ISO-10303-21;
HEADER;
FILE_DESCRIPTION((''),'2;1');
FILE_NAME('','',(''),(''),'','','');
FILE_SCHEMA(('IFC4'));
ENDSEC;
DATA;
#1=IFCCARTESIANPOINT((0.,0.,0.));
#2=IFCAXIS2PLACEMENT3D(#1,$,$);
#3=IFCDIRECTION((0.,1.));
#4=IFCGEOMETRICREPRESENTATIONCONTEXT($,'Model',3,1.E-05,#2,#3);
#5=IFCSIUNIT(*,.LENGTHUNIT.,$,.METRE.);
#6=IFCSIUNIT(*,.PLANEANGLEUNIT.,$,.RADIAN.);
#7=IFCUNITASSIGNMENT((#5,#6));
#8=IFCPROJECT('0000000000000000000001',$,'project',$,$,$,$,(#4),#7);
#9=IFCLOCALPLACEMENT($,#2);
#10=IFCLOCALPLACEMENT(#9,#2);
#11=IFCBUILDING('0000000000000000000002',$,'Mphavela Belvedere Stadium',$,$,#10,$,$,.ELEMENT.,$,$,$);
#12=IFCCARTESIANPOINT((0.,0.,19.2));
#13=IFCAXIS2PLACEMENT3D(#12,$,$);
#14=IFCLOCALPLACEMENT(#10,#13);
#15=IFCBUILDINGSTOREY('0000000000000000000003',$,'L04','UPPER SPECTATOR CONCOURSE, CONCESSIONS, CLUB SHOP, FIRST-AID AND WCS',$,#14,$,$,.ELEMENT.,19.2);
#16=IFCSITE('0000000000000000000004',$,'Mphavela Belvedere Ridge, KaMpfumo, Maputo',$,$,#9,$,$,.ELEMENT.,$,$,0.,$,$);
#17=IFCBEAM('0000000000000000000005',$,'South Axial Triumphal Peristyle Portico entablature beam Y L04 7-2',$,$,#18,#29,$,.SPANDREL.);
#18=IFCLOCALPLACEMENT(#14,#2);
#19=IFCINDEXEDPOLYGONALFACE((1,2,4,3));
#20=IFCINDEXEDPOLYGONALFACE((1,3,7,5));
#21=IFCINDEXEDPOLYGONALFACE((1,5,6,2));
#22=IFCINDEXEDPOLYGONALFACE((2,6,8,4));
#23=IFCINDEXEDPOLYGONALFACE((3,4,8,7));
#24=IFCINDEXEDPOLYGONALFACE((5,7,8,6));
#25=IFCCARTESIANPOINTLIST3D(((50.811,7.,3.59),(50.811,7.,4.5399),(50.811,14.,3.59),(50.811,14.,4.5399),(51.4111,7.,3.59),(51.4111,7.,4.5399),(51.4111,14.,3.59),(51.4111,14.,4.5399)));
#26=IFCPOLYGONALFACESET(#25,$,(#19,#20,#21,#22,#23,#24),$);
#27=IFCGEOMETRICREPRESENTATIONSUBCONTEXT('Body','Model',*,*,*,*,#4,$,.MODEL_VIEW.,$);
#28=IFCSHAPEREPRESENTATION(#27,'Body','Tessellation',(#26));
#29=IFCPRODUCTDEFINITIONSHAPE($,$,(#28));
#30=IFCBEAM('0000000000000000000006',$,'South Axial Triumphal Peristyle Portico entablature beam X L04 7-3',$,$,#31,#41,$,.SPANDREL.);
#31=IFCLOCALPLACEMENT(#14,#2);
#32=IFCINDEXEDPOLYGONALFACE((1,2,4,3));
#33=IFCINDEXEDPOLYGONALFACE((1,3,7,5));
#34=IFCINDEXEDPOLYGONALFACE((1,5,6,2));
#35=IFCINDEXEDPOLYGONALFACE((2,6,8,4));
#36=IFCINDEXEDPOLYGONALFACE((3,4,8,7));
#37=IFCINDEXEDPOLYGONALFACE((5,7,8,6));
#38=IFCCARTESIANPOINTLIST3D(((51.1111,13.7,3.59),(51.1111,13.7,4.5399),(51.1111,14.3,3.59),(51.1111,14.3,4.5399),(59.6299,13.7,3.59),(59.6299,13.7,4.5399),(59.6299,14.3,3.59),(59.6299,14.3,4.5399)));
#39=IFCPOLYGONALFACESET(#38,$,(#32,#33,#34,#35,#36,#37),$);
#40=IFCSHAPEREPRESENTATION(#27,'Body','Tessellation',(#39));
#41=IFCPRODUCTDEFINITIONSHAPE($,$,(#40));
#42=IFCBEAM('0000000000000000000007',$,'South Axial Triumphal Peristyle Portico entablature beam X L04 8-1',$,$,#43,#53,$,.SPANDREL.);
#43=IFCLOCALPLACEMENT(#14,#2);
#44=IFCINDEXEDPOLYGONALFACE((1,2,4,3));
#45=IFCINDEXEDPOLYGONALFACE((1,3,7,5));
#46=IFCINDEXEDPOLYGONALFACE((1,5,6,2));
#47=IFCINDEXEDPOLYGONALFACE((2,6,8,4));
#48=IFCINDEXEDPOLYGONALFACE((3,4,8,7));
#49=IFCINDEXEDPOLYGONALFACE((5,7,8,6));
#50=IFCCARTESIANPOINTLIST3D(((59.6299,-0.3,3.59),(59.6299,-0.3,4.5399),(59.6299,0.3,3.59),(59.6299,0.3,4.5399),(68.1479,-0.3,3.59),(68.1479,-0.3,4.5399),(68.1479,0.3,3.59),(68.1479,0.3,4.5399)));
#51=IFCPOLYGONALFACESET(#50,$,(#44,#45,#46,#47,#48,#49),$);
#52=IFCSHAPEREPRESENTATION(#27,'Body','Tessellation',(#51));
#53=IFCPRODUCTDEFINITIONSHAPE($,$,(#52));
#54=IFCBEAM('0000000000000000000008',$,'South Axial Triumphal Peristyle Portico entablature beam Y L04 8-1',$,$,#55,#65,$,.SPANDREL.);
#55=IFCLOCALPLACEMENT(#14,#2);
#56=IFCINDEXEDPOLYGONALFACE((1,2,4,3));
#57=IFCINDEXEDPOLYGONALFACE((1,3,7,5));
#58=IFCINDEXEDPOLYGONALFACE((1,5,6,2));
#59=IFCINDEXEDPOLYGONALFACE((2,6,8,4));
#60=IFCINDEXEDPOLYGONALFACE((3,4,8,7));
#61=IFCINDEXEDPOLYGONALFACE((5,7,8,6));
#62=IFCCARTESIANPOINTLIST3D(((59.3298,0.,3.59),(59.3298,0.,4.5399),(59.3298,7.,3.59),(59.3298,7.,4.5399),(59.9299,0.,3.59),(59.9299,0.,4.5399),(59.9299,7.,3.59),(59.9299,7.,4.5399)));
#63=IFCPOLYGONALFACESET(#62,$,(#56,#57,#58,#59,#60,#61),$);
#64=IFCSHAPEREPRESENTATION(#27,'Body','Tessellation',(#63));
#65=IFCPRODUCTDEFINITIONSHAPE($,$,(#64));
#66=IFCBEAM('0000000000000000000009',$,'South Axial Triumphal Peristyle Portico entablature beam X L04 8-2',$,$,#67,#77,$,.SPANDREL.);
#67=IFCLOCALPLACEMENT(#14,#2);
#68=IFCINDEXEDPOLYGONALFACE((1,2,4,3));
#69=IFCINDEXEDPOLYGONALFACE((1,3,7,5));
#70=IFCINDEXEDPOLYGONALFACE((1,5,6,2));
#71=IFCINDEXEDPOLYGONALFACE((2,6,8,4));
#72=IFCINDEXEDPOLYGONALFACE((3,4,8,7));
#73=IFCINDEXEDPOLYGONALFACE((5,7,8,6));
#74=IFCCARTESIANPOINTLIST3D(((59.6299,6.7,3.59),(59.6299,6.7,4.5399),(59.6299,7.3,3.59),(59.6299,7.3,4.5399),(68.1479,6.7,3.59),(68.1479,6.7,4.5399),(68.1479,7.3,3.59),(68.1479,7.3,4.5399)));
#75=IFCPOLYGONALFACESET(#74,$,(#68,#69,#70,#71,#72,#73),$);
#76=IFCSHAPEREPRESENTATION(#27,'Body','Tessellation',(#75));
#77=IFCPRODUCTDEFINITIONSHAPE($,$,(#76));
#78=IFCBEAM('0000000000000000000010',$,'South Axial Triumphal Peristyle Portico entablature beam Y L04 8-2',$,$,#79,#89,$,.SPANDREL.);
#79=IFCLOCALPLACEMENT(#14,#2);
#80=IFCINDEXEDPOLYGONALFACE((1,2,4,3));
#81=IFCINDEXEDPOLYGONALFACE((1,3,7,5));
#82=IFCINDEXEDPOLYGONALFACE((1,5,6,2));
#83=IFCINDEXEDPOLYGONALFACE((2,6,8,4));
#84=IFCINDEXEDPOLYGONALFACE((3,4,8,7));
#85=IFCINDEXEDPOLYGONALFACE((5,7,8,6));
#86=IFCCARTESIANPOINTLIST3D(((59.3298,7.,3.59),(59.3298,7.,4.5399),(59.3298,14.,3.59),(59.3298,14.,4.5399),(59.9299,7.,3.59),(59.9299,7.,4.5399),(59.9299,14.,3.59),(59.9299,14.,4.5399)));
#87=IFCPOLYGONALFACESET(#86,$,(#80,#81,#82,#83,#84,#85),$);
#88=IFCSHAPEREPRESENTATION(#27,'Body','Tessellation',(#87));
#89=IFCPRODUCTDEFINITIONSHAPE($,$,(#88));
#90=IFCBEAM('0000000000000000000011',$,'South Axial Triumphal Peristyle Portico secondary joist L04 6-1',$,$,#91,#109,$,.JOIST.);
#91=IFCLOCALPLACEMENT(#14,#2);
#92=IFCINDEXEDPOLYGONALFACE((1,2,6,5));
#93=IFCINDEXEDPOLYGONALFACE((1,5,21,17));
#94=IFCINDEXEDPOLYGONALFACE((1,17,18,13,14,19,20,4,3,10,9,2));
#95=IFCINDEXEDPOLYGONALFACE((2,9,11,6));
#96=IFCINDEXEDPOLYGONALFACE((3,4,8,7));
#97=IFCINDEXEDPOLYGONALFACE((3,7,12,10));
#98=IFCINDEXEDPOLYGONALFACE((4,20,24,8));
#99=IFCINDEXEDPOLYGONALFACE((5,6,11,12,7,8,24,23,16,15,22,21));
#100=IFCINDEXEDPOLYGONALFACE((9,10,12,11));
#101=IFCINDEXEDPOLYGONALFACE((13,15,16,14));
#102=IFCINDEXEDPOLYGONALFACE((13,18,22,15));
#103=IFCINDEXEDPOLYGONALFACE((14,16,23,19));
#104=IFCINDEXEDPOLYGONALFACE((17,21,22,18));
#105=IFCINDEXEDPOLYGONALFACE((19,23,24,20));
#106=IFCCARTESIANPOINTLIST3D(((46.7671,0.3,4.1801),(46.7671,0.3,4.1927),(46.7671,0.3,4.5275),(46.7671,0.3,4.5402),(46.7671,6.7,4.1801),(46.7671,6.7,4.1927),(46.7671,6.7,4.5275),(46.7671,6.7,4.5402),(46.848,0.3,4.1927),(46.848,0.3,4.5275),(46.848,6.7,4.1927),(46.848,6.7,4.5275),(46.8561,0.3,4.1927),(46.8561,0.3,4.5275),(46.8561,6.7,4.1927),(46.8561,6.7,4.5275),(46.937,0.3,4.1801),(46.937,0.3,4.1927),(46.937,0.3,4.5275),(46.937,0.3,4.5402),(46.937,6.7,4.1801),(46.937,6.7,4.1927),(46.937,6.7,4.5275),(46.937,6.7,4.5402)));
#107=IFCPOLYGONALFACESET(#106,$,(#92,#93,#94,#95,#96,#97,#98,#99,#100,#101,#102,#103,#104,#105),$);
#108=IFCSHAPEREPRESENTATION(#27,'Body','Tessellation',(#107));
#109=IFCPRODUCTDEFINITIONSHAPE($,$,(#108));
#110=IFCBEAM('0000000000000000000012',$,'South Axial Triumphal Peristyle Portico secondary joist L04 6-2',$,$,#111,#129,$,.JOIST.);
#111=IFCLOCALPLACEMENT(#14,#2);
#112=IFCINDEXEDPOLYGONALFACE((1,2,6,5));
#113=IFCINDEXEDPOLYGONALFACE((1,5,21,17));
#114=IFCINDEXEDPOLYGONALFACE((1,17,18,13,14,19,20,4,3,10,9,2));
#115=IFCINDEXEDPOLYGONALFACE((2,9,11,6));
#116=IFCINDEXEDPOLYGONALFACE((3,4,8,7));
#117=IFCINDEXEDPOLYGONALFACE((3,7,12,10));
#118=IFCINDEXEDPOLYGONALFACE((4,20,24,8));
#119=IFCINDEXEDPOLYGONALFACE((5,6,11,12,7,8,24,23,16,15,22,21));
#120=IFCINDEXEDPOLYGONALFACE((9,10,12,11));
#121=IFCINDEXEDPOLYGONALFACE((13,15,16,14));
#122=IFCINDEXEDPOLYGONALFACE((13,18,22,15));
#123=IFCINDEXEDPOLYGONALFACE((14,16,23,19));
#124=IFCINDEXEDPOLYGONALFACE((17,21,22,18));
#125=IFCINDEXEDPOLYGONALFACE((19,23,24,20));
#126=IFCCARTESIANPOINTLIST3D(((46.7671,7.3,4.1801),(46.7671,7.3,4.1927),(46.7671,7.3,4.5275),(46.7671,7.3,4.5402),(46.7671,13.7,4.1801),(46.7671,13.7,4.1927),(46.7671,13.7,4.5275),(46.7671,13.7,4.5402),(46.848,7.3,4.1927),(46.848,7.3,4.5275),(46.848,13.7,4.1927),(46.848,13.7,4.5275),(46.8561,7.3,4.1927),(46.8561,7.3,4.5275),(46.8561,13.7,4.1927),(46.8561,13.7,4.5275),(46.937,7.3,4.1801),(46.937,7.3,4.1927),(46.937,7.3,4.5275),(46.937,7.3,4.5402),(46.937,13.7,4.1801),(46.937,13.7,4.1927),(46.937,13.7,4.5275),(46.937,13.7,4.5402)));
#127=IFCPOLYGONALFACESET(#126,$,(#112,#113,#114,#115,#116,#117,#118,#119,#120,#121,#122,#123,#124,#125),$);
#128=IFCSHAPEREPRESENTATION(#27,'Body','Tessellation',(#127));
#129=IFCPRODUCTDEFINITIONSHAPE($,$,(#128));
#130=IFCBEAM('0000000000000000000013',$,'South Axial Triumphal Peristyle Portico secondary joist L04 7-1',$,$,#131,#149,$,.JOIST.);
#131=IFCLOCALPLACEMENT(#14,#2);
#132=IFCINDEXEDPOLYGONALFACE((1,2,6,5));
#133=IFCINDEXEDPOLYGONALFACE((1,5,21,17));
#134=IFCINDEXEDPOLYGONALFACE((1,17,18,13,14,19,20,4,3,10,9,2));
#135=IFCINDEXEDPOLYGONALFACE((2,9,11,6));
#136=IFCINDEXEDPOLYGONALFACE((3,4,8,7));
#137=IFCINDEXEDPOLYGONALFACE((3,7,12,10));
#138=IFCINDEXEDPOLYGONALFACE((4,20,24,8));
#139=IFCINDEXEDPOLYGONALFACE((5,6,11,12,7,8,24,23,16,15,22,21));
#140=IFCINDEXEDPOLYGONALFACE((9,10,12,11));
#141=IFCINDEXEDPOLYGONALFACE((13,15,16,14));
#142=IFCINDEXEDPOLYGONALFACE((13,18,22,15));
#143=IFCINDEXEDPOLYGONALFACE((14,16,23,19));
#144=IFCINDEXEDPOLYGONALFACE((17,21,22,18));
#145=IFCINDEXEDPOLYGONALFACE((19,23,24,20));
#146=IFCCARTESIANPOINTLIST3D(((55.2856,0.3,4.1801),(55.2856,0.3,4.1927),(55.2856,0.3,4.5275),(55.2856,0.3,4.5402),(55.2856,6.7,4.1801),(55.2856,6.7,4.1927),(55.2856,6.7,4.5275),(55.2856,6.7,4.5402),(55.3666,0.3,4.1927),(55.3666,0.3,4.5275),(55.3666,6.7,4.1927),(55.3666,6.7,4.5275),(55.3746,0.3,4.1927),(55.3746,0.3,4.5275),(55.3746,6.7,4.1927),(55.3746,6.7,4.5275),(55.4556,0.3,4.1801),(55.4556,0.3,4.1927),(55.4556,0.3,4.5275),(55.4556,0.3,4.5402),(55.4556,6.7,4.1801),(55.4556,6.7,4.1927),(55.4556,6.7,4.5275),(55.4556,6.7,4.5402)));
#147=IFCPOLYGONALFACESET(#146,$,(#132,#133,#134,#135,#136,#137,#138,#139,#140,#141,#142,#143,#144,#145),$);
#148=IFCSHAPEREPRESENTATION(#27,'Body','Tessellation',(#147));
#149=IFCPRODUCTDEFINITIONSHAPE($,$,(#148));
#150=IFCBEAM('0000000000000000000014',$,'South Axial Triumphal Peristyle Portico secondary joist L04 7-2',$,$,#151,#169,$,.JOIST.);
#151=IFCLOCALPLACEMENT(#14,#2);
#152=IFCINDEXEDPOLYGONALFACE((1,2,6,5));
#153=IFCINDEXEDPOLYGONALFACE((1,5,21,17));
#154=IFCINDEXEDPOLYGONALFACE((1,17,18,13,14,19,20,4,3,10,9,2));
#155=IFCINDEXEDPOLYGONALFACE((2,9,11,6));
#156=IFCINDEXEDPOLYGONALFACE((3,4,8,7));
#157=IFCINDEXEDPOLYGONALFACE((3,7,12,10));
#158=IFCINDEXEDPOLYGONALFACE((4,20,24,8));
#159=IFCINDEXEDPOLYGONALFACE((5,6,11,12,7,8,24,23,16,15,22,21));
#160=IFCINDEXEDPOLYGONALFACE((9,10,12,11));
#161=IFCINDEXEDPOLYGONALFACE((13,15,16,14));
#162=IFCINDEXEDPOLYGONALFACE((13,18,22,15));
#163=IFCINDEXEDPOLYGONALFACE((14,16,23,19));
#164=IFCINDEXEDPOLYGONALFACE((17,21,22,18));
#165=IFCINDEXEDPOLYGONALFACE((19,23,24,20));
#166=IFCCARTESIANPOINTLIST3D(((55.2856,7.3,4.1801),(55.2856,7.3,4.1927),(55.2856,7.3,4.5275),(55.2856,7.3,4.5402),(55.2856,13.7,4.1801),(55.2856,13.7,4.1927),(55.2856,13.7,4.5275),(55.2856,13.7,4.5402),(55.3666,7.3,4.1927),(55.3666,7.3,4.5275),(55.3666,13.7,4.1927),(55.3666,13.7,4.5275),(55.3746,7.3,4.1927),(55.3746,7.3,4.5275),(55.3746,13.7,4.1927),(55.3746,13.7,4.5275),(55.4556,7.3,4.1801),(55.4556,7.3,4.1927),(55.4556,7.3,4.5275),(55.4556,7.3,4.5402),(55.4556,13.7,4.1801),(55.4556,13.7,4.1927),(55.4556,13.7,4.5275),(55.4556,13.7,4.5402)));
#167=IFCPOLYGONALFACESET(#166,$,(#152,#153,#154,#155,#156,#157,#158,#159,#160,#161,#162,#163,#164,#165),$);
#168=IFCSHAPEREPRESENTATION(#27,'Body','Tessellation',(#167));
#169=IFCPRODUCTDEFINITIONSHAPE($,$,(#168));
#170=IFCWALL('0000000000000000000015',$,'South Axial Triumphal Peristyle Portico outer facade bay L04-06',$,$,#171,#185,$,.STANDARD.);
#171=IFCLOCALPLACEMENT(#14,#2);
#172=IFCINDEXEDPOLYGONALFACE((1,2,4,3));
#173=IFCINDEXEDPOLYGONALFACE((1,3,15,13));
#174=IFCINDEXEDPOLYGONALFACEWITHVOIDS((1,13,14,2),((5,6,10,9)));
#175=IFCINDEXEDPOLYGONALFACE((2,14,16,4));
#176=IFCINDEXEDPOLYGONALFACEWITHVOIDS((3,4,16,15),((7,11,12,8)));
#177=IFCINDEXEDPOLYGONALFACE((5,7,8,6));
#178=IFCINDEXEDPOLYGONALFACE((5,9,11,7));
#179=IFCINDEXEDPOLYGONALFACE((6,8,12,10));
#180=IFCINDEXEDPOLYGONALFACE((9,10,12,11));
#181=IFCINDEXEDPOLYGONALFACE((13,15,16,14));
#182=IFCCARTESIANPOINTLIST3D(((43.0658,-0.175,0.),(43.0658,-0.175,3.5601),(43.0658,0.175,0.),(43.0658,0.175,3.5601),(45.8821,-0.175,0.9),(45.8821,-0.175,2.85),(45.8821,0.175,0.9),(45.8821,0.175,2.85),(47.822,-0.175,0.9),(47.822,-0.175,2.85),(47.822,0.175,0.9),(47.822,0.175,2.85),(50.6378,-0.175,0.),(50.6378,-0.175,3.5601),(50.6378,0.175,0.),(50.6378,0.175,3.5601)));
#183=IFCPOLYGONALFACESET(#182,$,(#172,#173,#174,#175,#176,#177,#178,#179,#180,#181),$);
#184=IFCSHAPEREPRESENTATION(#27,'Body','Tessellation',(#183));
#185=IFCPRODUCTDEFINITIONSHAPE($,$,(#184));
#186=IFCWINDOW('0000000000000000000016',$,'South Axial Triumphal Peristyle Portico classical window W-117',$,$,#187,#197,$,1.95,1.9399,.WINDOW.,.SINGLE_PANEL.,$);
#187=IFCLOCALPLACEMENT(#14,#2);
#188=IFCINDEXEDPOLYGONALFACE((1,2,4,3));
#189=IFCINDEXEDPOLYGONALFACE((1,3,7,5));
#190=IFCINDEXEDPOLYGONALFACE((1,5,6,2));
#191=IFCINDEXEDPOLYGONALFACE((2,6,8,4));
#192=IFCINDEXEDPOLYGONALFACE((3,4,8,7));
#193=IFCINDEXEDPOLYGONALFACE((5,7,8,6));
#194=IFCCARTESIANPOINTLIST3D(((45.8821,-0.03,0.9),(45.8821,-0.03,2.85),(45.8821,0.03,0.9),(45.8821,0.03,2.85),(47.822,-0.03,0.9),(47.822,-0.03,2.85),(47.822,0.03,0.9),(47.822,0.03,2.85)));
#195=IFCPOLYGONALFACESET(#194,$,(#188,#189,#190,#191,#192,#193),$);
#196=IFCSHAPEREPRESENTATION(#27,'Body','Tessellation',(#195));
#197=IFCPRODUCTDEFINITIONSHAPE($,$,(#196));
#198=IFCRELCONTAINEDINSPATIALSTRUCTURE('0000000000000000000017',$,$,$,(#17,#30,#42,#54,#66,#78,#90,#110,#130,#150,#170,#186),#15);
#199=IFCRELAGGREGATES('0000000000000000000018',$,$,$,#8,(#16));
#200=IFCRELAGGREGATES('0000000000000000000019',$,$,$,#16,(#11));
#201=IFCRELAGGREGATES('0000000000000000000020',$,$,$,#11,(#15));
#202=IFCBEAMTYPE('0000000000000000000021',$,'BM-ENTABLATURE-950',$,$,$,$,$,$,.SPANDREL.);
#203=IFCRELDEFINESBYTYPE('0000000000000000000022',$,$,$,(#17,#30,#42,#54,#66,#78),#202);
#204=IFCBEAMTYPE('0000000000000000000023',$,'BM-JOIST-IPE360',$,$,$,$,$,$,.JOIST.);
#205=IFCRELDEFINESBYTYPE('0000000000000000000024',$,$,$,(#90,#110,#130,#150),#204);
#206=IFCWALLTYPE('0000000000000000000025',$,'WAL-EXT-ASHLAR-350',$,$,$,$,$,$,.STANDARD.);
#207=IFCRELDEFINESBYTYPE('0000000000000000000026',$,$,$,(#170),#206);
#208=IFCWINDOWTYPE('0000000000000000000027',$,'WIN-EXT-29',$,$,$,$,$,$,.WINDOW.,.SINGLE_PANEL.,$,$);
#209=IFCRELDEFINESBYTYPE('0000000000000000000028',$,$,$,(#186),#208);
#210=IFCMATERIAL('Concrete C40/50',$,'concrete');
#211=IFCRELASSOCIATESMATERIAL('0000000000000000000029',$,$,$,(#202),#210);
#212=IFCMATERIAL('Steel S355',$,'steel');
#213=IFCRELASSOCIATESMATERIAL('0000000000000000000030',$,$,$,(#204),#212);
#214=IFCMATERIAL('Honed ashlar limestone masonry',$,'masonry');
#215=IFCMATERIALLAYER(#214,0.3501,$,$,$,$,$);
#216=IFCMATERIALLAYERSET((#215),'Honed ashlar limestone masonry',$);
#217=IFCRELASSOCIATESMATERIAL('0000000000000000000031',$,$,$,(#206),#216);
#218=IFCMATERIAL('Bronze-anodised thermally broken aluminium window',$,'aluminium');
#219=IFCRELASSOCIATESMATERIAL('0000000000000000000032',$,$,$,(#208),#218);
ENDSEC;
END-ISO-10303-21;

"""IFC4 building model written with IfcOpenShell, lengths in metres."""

from ifc_helpers import new_model, si_unit, direction, frame, frame_2d, origin, origin_2d, place, context, subcontext, project, spatial, rectangle, i_section, extrude, material, layer, layer_set, material_profile, profile_set, type_object, element, fill, save


model = new_model("IFC4")

# Units and contexts
model_context = context("Model", 3, precision=1e-05, world=origin(), true_north=direction((0.0, 1.0)))
body_context = subcontext(model_context, "Body", "Model", "MODEL_VIEW")
ifc_project = project(units=[si_unit("LENGTHUNIT", "METRE"), si_unit("PLANEANGLEUNIT", "RADIAN")], contexts=[model_context])

# Site, building, storey
site_placement = place(None, origin())
site = spatial("IfcSite", under=ifc_project, at=site_placement, Name="Mphavela Belvedere Ridge, KaMpfumo, Maputo", CompositionType="ELEMENT", RefElevation=0.0)
building_placement = place(site_placement, origin())
building = spatial("IfcBuilding", under=site, at=building_placement, Name="Mphavela Belvedere Stadium", CompositionType="ELEMENT")
storey_placement = place(building_placement, frame((0.0, 0.0, 19.2)))
storey = spatial("IfcBuildingStorey", under=building, at=storey_placement, Name="L04", Description="UPPER SPECTATOR CONCOURSE, CONCESSIONS, CLUB SHOP, FIRST-AID AND WCS", CompositionType="ELEMENT", Elevation=19.2)

# Beams
ifc_material_1 = material(Name="Concrete C40/50", Category="concrete")
ifc_material_profile_1 = material_profile(ifc_material_1, rectangle(XDim=0.6001, YDim=0.95, at=origin_2d()), Name="RC 600x950")
ifc_profile_set_1 = profile_set([ifc_material_profile_1], Name="Concrete C40/50")
beam_type_1 = type_object("IfcBeamType", Name="BM-ENTABLATURE-950", PredefinedType="SPANDREL", material=ifc_profile_set_1)
beam_1_placement = place(storey_placement, frame((51.1111, 7.0, 4.0649), z_axis=(0.0, 1.0, 0.0), x_axis=(-1.0, 0.0, 0.0)))
element("IfcBeam", 1, at=beam_1_placement, inside=storey, type_object=beam_type_1, Name="South Axial Triumphal Peristyle Portico entablature beam Y L04 7-2", PredefinedType="SPANDREL", context=body_context, shape_type="SweptSolid", body=[
    extrude(rectangle(XDim=0.6001, YDim=0.95, at=origin_2d()), origin(), (0.0, 0.0, 1.0), 7.0),
])
beam_2_placement = place(storey_placement, frame((51.1111, 14.0, 4.0649), z_axis=(1.0, 0.0, 0.0), x_axis=(0.0, 1.0, 0.0)))
element("IfcBeam", 2, at=beam_2_placement, inside=storey, type_object=beam_type_1, Name="South Axial Triumphal Peristyle Portico entablature beam X L04 7-3", PredefinedType="SPANDREL", context=body_context, shape_type="SweptSolid", body=[
    extrude(rectangle(XDim=0.6001, YDim=0.95, at=origin_2d()), origin(), (0.0, 0.0, 1.0), 8.5188),
])
beam_3_placement = place(storey_placement, frame((59.6299, 0.0, 4.0649), z_axis=(1.0, 0.0, 0.0), x_axis=(0.0, 1.0, 0.0)))
element("IfcBeam", 3, at=beam_3_placement, inside=storey, type_object=beam_type_1, Name="South Axial Triumphal Peristyle Portico entablature beam X L04 8-1", PredefinedType="SPANDREL", context=body_context, shape_type="SweptSolid", body=[
    extrude(rectangle(XDim=0.6001, YDim=0.95, at=origin_2d()), origin(), (0.0, 0.0, 1.0), 8.5181),
])
beam_4_placement = place(storey_placement, frame((59.6299, 0.0, 4.0649), z_axis=(0.0, 1.0, 0.0), x_axis=(-1.0, 0.0, 0.0)))
element("IfcBeam", 4, at=beam_4_placement, inside=storey, type_object=beam_type_1, Name="South Axial Triumphal Peristyle Portico entablature beam Y L04 8-1", PredefinedType="SPANDREL", context=body_context, shape_type="SweptSolid", body=[
    extrude(rectangle(XDim=0.6001, YDim=0.95, at=origin_2d()), origin(), (0.0, 0.0, 1.0), 7.0),
])
beam_5_placement = place(storey_placement, frame((59.6299, 7.0, 4.0649), z_axis=(1.0, 0.0, 0.0), x_axis=(0.0, 1.0, 0.0)))
element("IfcBeam", 5, at=beam_5_placement, inside=storey, type_object=beam_type_1, Name="South Axial Triumphal Peristyle Portico entablature beam X L04 8-2", PredefinedType="SPANDREL", context=body_context, shape_type="SweptSolid", body=[
    extrude(rectangle(XDim=0.6001, YDim=0.95, at=origin_2d()), origin(), (0.0, 0.0, 1.0), 8.5181),
])
beam_6_placement = place(storey_placement, frame((59.6299, 7.0, 4.0649), z_axis=(0.0, 1.0, 0.0), x_axis=(-1.0, 0.0, 0.0)))
element("IfcBeam", 6, at=beam_6_placement, inside=storey, type_object=beam_type_1, Name="South Axial Triumphal Peristyle Portico entablature beam Y L04 8-2", PredefinedType="SPANDREL", context=body_context, shape_type="SweptSolid", body=[
    extrude(rectangle(XDim=0.6001, YDim=0.95, at=origin_2d()), origin(), (0.0, 0.0, 1.0), 7.0),
])
ifc_material_2 = material(Name="Steel S355", Category="steel")
ifc_material_profile_2 = material_profile(ifc_material_2, i_section(OverallWidth=0.1699, OverallDepth=0.3601, WebThickness=0.0081, FlangeThickness=0.0127, at=origin_2d()), Name="IPE 360")
ifc_profile_set_2 = profile_set([ifc_material_profile_2], Name="Steel S355")
beam_type_2 = type_object("IfcBeamType", Name="BM-JOIST-IPE360", PredefinedType="JOIST", material=ifc_profile_set_2)
for number, where, z_axis, x_axis, name in (
    (7, (46.8521, 0.3, 4.3601), (0.0, 1.0, 0.0), (-1.0, 0.0, 0.0), "South Axial Triumphal Peristyle Portico secondary joist L04 6-1"),
    (8, (46.8521, 7.3, 4.3601), (0.0, 1.0, 0.0), (-1.0, 0.0, 0.0), "South Axial Triumphal Peristyle Portico secondary joist L04 6-2"),
    (9, (55.3706, 0.3, 4.3601), (0.0, 1.0, 0.0), (-1.0, 0.0, 0.0), "South Axial Triumphal Peristyle Portico secondary joist L04 7-1"),
    (10, (55.3706, 7.3, 4.3601), (0.0, 1.0, 0.0), (-1.0, 0.0, 0.0), "South Axial Triumphal Peristyle Portico secondary joist L04 7-2"),
):
    element("IfcBeam", number, at=place(storey_placement, frame(where, z_axis=z_axis, x_axis=x_axis)), inside=storey, type_object=beam_type_2, Name=name, PredefinedType="JOIST", context=body_context, shape_type="SweptSolid", body=[
        extrude(i_section(OverallWidth=0.1699, OverallDepth=0.3601, WebThickness=0.0081, FlangeThickness=0.0127, at=origin_2d()), origin(), (0.0, 0.0, 1.0), 6.3999),
    ])

# Wall, opening, window
ifc_material_3 = material(Name="Honed ashlar limestone masonry", Category="masonry")
ifc_layer_1 = layer(ifc_material_3, 0.3501)
ifc_layer_set_1 = layer_set([ifc_layer_1], Name="Honed ashlar limestone masonry")
wall_type_1 = type_object("IfcWallType", Name="WAL-EXT-ASHLAR-350", PredefinedType="STANDARD", material=ifc_layer_set_1)
wall_1_placement = place(storey_placement, frame((50.6379, 0.0, 0.0), z_axis=(0.0, 0.0, 1.0), x_axis=(-1.0, 0.0, 0.0)))
wall_1 = element("IfcWall", 11, at=wall_1_placement, inside=storey, type_object=wall_type_1, Name="South Axial Triumphal Peristyle Portico outer facade bay L04-06", PredefinedType="STANDARD", context=body_context, shape_type="SweptSolid", body=[
    extrude(rectangle(XDim=7.572, YDim=0.3501, at=frame_2d((3.7861, 0.0))), origin(), (0.0, 0.0, 1.0), 3.5601),
])
opening_1_placement = place(wall_1_placement, frame((2.8159, 0.0, 0.8999)))
opening_1 = element("IfcOpeningElement", 12, at=opening_1_placement, cuts=wall_1, PredefinedType="OPENING", context=body_context, shape_type="SweptSolid", body=[
    extrude(rectangle(XDim=1.9399, YDim=1.95, at=frame_2d((0.97, 0.9751))), frame((0.0, 0.1851, 0.0), z_axis=(0.0, -1.0, 0.0), x_axis=(1.0, 0.0, 0.0)), (0.0, 0.0, 1.0), 0.3701),
])
ifc_material_4 = material(Name="Bronze-anodised thermally broken aluminium window", Category="aluminium")
window_type_1 = type_object("IfcWindowType", Name="WIN-EXT-29", PartitioningType="SINGLE_PANEL", PredefinedType="WINDOW", material=ifc_material_4)
window_1_placement = place(opening_1_placement, origin())
window_1 = element("IfcWindow", 13, at=window_1_placement, inside=storey, type_object=window_type_1, Name="South Axial Triumphal Peristyle Portico classical window W-117", OverallHeight=1.95, OverallWidth=1.9399, PartitioningType="SINGLE_PANEL", PredefinedType="WINDOW", context=body_context, shape_type="SweptSolid", body=[
    extrude(rectangle(XDim=1.9399, YDim=1.95, at=frame_2d((0.97, 0.9751))), frame((0.0, 0.03, 0.0), z_axis=(0.0, -1.0, 0.0), x_axis=(1.0, 0.0, 0.0)), (0.0, 0.0, 1.0), 0.0601),
])
fill(opening_1, window_1)

save(model, "model.ifc")
